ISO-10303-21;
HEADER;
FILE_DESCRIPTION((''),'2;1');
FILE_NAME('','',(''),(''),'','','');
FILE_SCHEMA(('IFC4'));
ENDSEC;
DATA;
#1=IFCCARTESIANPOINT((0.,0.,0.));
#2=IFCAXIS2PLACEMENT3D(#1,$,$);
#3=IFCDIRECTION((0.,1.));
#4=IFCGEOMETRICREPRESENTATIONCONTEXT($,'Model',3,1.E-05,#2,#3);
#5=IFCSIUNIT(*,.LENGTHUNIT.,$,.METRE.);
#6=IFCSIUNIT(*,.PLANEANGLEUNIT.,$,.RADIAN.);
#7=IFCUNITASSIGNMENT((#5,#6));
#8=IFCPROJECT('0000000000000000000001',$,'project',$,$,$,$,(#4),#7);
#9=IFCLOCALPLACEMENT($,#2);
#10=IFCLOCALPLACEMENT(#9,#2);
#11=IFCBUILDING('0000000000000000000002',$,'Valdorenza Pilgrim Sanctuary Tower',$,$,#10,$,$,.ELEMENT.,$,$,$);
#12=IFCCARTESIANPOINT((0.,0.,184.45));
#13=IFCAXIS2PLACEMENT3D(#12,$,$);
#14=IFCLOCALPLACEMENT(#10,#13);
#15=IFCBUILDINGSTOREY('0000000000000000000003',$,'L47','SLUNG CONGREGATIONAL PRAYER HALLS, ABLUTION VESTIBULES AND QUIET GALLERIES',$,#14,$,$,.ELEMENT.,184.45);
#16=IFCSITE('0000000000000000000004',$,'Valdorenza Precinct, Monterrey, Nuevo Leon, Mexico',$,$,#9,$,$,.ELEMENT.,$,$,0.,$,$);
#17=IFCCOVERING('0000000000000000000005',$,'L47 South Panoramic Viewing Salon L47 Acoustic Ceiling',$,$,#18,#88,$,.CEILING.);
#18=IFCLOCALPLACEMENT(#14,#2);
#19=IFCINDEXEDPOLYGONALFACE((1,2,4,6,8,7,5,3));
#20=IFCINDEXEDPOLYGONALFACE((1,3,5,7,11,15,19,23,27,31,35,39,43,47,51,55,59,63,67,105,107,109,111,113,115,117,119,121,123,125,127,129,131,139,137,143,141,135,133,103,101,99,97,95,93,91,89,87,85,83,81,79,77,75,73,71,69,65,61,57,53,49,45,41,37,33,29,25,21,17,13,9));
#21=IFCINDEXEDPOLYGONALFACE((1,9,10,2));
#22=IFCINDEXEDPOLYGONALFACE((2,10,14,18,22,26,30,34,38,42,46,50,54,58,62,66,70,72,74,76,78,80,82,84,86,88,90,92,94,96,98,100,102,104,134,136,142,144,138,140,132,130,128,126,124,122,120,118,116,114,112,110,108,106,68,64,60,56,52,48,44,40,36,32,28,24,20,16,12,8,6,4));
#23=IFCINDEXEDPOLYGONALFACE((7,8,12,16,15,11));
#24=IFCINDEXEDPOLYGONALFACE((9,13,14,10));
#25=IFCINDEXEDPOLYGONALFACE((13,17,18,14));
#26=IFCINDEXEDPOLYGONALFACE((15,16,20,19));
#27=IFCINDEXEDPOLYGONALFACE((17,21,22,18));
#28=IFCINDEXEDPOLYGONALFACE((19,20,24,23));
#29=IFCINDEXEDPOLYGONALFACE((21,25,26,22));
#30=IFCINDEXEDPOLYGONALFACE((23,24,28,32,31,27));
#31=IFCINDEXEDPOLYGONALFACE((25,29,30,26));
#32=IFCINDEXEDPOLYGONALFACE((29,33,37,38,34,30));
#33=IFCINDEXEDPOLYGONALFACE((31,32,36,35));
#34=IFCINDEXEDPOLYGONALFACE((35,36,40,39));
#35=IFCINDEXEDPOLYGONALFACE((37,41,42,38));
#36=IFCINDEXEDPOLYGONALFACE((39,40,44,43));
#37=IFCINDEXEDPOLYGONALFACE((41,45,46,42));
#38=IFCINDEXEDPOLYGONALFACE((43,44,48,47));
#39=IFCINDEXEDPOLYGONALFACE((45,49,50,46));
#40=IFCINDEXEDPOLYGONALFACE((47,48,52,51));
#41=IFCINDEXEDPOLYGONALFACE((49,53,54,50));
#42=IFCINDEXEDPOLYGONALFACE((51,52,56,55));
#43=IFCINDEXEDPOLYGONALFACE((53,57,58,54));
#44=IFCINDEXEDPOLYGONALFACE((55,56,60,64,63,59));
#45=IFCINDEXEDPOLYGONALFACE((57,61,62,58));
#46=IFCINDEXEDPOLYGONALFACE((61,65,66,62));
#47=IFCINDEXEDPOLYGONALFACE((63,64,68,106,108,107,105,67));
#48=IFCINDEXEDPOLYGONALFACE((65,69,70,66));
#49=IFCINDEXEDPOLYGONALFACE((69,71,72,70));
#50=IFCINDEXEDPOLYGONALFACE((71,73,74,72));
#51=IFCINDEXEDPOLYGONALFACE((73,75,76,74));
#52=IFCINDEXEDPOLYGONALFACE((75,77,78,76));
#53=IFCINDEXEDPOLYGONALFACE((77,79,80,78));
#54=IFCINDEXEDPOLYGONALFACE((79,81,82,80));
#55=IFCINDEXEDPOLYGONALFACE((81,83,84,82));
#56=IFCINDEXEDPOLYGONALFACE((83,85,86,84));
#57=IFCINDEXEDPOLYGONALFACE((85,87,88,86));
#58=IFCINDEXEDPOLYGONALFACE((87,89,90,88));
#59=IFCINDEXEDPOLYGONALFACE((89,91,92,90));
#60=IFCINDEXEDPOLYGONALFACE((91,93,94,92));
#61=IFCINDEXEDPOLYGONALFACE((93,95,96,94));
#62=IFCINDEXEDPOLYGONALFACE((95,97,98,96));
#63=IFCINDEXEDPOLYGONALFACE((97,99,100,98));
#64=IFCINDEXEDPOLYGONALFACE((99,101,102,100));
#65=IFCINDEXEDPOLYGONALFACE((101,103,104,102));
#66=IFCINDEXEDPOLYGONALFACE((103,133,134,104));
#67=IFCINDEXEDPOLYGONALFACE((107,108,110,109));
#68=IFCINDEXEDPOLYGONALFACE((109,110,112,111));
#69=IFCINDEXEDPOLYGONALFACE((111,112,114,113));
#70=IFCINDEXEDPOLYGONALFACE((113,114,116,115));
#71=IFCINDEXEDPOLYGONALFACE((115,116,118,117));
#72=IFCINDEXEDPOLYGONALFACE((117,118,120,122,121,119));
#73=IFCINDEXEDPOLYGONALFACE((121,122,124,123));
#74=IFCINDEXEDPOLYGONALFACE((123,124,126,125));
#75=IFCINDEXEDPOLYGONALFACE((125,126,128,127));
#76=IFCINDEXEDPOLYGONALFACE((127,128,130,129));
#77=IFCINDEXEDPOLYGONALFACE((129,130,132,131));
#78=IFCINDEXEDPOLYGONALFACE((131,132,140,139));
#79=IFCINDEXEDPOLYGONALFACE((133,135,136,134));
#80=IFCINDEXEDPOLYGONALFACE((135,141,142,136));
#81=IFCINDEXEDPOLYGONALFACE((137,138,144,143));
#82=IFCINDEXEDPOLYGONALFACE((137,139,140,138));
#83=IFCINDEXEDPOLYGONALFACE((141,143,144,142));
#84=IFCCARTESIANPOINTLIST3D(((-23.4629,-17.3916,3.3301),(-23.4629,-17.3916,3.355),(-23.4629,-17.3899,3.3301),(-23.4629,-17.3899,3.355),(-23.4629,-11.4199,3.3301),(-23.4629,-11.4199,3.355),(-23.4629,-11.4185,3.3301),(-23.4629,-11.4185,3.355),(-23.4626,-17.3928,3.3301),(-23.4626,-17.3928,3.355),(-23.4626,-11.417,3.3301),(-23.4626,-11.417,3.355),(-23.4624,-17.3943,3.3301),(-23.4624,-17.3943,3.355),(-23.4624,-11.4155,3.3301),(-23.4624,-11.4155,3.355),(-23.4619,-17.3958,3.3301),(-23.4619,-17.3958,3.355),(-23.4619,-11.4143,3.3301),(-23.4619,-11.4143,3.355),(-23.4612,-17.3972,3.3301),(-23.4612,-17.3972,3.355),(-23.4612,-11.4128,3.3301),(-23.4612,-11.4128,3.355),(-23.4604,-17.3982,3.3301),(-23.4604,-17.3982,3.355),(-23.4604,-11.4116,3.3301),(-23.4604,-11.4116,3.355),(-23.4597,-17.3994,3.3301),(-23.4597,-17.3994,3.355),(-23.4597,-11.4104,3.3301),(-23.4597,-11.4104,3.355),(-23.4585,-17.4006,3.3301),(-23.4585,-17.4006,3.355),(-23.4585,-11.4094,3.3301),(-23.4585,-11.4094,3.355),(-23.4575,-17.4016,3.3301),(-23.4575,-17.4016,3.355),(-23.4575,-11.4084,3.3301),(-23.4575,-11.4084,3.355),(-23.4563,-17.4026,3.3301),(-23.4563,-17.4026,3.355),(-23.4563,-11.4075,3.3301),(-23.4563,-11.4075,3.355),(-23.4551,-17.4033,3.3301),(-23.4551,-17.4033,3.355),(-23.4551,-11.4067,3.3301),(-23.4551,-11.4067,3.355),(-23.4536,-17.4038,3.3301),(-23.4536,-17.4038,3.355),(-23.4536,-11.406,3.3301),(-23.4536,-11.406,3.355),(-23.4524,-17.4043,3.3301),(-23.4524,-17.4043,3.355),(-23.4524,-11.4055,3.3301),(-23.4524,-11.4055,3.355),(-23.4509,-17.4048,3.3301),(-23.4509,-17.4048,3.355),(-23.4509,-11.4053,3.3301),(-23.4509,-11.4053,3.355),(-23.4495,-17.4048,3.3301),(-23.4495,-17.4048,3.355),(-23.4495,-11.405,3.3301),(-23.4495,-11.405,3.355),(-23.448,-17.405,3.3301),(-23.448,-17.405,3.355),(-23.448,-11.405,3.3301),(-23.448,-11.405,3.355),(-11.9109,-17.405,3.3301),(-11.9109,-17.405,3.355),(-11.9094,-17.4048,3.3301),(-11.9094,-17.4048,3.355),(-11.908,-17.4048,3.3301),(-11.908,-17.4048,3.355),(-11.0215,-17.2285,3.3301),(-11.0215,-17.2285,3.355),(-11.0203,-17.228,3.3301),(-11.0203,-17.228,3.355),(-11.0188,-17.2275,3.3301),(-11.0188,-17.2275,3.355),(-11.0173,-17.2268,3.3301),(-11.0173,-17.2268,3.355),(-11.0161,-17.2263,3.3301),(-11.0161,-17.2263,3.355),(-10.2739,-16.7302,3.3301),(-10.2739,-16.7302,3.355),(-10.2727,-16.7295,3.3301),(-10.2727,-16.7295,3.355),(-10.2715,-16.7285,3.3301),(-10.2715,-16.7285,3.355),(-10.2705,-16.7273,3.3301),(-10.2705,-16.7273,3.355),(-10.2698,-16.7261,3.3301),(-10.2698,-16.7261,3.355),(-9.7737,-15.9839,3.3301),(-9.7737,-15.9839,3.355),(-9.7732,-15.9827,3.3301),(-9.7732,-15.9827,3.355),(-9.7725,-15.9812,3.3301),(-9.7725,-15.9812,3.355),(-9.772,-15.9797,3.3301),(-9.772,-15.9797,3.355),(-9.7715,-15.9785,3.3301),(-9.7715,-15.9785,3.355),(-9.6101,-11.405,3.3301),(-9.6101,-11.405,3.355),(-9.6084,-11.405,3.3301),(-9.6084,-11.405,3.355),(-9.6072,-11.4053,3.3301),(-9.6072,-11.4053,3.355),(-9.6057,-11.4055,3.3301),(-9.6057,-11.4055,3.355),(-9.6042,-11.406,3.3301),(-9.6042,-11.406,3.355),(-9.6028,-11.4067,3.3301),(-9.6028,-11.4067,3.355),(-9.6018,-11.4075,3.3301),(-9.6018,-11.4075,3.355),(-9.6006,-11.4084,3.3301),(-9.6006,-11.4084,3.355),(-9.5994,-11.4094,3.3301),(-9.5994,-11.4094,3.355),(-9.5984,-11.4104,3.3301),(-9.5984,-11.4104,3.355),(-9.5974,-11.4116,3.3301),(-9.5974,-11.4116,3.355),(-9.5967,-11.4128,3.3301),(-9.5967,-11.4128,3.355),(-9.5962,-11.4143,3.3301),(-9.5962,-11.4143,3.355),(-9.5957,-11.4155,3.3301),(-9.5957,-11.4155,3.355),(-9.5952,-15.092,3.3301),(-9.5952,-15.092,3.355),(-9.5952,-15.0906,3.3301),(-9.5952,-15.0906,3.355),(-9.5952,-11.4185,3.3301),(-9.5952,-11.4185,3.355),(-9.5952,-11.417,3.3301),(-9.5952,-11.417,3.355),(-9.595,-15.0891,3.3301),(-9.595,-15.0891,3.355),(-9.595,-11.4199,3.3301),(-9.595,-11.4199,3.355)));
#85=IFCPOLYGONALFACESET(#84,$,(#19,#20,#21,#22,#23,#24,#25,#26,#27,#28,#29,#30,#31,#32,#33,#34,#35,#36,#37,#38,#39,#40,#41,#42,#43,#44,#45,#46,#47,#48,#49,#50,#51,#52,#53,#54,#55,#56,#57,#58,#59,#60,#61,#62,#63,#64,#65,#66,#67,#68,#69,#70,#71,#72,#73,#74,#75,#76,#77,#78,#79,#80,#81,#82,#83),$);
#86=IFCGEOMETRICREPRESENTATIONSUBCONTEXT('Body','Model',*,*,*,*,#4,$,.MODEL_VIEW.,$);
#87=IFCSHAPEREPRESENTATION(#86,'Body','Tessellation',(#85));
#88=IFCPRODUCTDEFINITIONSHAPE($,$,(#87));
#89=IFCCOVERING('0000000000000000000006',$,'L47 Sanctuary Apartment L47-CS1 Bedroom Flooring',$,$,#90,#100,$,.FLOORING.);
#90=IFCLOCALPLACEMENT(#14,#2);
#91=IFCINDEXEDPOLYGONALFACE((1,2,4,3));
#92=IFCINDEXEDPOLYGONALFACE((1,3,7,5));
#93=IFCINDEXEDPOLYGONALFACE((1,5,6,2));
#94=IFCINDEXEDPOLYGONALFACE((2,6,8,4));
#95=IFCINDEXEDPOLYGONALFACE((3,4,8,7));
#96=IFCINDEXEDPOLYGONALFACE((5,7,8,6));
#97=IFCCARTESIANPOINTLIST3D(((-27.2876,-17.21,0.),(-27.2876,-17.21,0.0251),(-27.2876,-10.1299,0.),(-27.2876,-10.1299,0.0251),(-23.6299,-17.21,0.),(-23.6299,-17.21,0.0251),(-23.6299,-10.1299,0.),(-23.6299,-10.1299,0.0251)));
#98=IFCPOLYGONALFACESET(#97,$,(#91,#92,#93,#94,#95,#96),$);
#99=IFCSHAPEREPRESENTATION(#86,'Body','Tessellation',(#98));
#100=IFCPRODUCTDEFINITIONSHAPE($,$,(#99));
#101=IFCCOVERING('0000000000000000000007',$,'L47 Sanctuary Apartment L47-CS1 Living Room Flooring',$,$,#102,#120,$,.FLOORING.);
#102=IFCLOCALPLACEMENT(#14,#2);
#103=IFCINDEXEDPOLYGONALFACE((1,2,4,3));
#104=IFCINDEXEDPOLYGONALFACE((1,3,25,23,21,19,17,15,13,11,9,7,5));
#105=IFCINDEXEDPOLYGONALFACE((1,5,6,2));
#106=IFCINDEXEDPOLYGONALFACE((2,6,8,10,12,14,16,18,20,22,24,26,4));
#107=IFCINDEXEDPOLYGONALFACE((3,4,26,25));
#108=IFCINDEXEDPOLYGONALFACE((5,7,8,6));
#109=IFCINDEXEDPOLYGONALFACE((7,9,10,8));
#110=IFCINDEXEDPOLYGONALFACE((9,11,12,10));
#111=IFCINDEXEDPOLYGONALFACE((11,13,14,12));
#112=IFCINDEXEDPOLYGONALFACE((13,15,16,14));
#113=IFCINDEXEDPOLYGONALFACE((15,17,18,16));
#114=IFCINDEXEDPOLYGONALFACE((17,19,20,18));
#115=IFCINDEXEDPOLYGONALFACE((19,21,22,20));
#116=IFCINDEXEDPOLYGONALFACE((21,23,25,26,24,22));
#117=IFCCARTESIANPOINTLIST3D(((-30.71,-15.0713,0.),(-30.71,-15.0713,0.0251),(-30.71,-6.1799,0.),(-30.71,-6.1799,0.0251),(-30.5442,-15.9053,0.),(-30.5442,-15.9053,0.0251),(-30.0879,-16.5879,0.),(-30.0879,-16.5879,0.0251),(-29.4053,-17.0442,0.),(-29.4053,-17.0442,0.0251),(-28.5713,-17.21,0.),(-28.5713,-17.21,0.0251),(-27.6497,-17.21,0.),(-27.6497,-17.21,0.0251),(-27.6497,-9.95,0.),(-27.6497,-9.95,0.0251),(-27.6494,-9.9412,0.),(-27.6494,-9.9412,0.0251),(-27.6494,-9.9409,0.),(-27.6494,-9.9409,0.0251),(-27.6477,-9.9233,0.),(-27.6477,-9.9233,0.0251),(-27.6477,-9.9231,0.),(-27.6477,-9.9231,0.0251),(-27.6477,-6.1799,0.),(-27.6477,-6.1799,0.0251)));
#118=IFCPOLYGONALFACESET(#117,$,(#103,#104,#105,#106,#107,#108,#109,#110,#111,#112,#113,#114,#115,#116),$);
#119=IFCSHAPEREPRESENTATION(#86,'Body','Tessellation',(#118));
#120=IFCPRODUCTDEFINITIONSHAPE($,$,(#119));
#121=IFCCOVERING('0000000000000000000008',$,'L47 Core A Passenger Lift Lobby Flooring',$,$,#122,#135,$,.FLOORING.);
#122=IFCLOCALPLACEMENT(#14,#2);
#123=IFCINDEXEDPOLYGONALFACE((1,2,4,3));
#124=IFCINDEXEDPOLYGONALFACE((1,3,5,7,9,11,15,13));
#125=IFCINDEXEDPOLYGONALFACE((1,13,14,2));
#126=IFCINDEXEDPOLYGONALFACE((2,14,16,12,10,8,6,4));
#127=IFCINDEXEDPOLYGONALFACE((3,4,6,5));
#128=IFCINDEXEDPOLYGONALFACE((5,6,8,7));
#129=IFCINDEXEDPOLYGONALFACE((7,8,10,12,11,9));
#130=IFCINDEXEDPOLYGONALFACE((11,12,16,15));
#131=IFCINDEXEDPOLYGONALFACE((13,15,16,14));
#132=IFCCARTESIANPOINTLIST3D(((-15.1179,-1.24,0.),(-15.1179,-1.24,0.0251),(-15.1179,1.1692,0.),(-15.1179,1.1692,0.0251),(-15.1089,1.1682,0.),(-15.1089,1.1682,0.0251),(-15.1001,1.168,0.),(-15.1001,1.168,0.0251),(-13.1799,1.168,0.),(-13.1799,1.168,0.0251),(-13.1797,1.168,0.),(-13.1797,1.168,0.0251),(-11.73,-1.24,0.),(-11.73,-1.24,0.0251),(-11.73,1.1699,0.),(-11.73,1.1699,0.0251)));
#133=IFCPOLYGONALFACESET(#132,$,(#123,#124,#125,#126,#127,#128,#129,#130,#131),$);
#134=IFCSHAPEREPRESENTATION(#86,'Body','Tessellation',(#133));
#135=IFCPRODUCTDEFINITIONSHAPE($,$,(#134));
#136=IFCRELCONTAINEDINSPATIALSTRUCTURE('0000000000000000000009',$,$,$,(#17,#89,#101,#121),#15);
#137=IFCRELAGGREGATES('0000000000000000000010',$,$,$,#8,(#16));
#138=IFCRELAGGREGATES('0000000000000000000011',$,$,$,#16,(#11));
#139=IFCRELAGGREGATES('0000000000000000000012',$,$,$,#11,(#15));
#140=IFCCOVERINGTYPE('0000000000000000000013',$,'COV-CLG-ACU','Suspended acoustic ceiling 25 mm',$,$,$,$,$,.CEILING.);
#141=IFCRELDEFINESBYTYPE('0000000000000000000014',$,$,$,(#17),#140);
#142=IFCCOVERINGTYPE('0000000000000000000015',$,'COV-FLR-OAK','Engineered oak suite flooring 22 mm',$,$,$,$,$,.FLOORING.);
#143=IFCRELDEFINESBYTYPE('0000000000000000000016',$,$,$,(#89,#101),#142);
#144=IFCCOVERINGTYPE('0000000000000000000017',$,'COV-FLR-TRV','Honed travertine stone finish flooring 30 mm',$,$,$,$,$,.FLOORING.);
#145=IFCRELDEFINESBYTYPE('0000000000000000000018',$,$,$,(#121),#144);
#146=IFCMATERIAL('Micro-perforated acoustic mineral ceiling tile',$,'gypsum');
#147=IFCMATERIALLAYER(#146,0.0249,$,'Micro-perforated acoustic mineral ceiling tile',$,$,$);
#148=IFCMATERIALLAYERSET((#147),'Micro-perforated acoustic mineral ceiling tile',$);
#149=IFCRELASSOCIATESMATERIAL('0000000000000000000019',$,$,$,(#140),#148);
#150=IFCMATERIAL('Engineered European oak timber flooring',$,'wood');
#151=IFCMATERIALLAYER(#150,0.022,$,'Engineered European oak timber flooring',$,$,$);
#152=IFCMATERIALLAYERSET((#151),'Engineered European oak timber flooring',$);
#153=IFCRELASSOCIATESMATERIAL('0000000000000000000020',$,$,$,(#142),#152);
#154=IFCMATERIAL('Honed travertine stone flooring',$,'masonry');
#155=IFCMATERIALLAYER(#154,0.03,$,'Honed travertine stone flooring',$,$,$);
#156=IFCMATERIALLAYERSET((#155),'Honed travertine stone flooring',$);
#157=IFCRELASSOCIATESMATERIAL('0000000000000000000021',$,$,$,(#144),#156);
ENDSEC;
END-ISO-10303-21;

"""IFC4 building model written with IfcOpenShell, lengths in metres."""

from ifc_helpers import new_model, si_unit, direction, frame, origin, place, context, subcontext, project, spatial, polyline, outline, extrude, material, layer, layer_set, type_object, element, save


model = new_model("IFC4")

# Units and contexts
model_context = context("Model", 3, precision=1e-05, world=origin(), true_north=direction((0.0, 1.0)))
body_context = subcontext(model_context, "Body", "Model", "MODEL_VIEW")
ifc_project = project(units=[si_unit("LENGTHUNIT", "METRE"), si_unit("PLANEANGLEUNIT", "RADIAN")], contexts=[model_context])

# Site, building, storey
site_placement = place(None, origin())
site = spatial("IfcSite", under=ifc_project, at=site_placement, Name="Valdorenza Precinct, Monterrey, Nuevo Leon, Mexico", CompositionType="ELEMENT", RefElevation=0.0)
building_placement = place(site_placement, origin())
building = spatial("IfcBuilding", under=site, at=building_placement, Name="Valdorenza Pilgrim Sanctuary Tower", CompositionType="ELEMENT")
storey_placement = place(building_placement, frame((0.0, 0.0, 184.45)))
storey = spatial("IfcBuildingStorey", under=building, at=storey_placement, Name="L47", Description="SLUNG CONGREGATIONAL PRAYER HALLS, ABLUTION VESTIBULES AND QUIET GALLERIES", CompositionType="ELEMENT", Elevation=184.45)

# Coverings
ifc_material_1 = material(Name="Micro-perforated acoustic mineral ceiling tile", Category="gypsum")
ifc_layer_1 = layer(ifc_material_1, 0.0249, Name="Micro-perforated acoustic mineral ceiling tile")
ifc_layer_set_1 = layer_set([ifc_layer_1], Name="Micro-perforated acoustic mineral ceiling tile")
covering_type_1 = type_object("IfcCoveringType", Name="COV-CLG-ACU", Description="Suspended acoustic ceiling 25 mm", PredefinedType="CEILING", material=ifc_layer_set_1)
covering_1_placement = place(storey_placement, frame((0.0, 0.0, 3.3301)))
element("IfcCovering", 1, at=covering_1_placement, inside=storey, type_object=covering_type_1, Name="L47 South Panoramic Viewing Salon L47 Acoustic Ceiling", PredefinedType="CEILING", context=body_context, shape_type="SweptSolid", body=[
    extrude(outline(polyline([(-9.6101, -11.405), (-9.6084, -11.405), (-9.6072, -11.4053), (-9.6057, -11.4055), (-9.6042, -11.406), (-9.6028, -11.4067), (-9.6018, -11.4075), (-9.6006, -11.4084), (-9.5994, -11.4094), (-9.5984, -11.4104), (-9.5974, -11.4116), (-9.5967, -11.4128), (-9.5962, -11.4143), (-9.5957, -11.4155), (-9.5952, -11.417), (-9.5952, -11.4185), (-9.595, -11.4199), (-9.595, -15.0891), (-9.5952, -15.0906), (-9.5952, -15.092), (-9.7715, -15.9785), (-9.772, -15.9797), (-9.7725, -15.9812), (-9.7732, -15.9827), (-9.7737, -15.9839), (-10.2698, -16.7261), (-10.2705, -16.7273), (-10.2715, -16.7285), (-10.2727, -16.7295), (-10.2739, -16.7302), (-11.0161, -17.2263), (-11.0173, -17.2268), (-11.0188, -17.2275), (-11.0203, -17.228), (-11.0215, -17.2285), (-11.908, -17.4048), (-11.9094, -17.4048), (-11.9109, -17.405), (-23.448, -17.405), (-23.4495, -17.4048), (-23.4509, -17.4048), (-23.4524, -17.4043), (-23.4536, -17.4038), (-23.4551, -17.4033), (-23.4563, -17.4026), (-23.4575, -17.4016), (-23.4585, -17.4006), (-23.4597, -17.3994), (-23.4604, -17.3982), (-23.4612, -17.3972), (-23.4619, -17.3958), (-23.4624, -17.3943), (-23.4626, -17.3928), (-23.4629, -17.3916), (-23.4629, -17.3899), (-23.4629, -11.4199), (-23.4629, -11.4185), (-23.4626, -11.417), (-23.4624, -11.4155), (-23.4619, -11.4143), (-23.4612, -11.4128), (-23.4604, -11.4116), (-23.4597, -11.4104), (-23.4585, -11.4094), (-23.4575, -11.4084), (-23.4563, -11.4075), (-23.4551, -11.4067), (-23.4536, -11.406), (-23.4524, -11.4055), (-23.4509, -11.4053), (-23.4495, -11.405), (-23.448, -11.405), (-9.6101, -11.405)])), origin(), (0.0, 0.0, 1.0), 0.0249),
])
ifc_material_2 = material(Name="Engineered European oak timber flooring", Category="wood")
ifc_layer_2 = layer(ifc_material_2, 0.022, Name="Engineered European oak timber flooring")
ifc_layer_set_2 = layer_set([ifc_layer_2], Name="Engineered European oak timber flooring")
covering_type_2 = type_object("IfcCoveringType", Name="COV-FLR-OAK", Description="Engineered oak suite flooring 22 mm", PredefinedType="FLOORING", material=ifc_layer_set_2)
covering_2_placement = place(storey_placement, origin())
element("IfcCovering", 2, at=covering_2_placement, inside=storey, type_object=covering_type_2, Name="L47 Sanctuary Apartment L47-CS1 Bedroom Flooring", PredefinedType="FLOORING", context=body_context, shape_type="SweptSolid", body=[
    extrude(outline(polyline([(-27.2876, -10.1299), (-23.6299, -10.1299), (-23.6299, -17.21), (-27.2876, -17.21), (-27.2876, -10.1299)])), origin(), (0.0, 0.0, 1.0), 0.0251),
])
covering_3_placement = place(storey_placement, origin())
element("IfcCovering", 3, at=covering_3_placement, inside=storey, type_object=covering_type_2, Name="L47 Sanctuary Apartment L47-CS1 Living Room Flooring", PredefinedType="FLOORING", context=body_context, shape_type="SweptSolid", body=[
    extrude(outline(polyline([(-29.4053, -17.0442), (-30.0879, -16.5879), (-30.5442, -15.9053), (-30.71, -15.0713), (-30.71, -6.1799), (-27.6477, -6.1799), (-27.6477, -9.9231), (-27.6477, -9.9231), (-27.6477, -9.9233), (-27.6494, -9.9409), (-27.6494, -9.9412), (-27.6497, -9.95), (-27.6497, -17.21), (-28.5713, -17.21), (-29.4053, -17.0442)])), origin(), (0.0, 0.0, 1.0), 0.0251),
])
ifc_material_3 = material(Name="Honed travertine stone flooring", Category="masonry")
ifc_layer_3 = layer(ifc_material_3, 0.03, Name="Honed travertine stone flooring")
ifc_layer_set_3 = layer_set([ifc_layer_3], Name="Honed travertine stone flooring")
covering_type_3 = type_object("IfcCoveringType", Name="COV-FLR-TRV", Description="Honed travertine stone finish flooring 30 mm", PredefinedType="FLOORING", material=ifc_layer_set_3)
covering_4_placement = place(storey_placement, origin())
element("IfcCovering", 4, at=covering_4_placement, inside=storey, type_object=covering_type_3, Name="L47 Core A Passenger Lift Lobby Flooring", PredefinedType="FLOORING", context=body_context, shape_type="SweptSolid", body=[
    extrude(outline(polyline([(-15.1179, 1.1692), (-15.1089, 1.1682), (-15.1089, 1.1682), (-15.1001, 1.168), (-13.1799, 1.168), (-13.1797, 1.168), (-11.73, 1.1699), (-11.73, -1.24), (-15.1179, -1.24), (-15.1179, 1.1692)])), origin(), (0.0, 0.0, 1.0), 0.0251),
])

save(model, "model.ifc")
